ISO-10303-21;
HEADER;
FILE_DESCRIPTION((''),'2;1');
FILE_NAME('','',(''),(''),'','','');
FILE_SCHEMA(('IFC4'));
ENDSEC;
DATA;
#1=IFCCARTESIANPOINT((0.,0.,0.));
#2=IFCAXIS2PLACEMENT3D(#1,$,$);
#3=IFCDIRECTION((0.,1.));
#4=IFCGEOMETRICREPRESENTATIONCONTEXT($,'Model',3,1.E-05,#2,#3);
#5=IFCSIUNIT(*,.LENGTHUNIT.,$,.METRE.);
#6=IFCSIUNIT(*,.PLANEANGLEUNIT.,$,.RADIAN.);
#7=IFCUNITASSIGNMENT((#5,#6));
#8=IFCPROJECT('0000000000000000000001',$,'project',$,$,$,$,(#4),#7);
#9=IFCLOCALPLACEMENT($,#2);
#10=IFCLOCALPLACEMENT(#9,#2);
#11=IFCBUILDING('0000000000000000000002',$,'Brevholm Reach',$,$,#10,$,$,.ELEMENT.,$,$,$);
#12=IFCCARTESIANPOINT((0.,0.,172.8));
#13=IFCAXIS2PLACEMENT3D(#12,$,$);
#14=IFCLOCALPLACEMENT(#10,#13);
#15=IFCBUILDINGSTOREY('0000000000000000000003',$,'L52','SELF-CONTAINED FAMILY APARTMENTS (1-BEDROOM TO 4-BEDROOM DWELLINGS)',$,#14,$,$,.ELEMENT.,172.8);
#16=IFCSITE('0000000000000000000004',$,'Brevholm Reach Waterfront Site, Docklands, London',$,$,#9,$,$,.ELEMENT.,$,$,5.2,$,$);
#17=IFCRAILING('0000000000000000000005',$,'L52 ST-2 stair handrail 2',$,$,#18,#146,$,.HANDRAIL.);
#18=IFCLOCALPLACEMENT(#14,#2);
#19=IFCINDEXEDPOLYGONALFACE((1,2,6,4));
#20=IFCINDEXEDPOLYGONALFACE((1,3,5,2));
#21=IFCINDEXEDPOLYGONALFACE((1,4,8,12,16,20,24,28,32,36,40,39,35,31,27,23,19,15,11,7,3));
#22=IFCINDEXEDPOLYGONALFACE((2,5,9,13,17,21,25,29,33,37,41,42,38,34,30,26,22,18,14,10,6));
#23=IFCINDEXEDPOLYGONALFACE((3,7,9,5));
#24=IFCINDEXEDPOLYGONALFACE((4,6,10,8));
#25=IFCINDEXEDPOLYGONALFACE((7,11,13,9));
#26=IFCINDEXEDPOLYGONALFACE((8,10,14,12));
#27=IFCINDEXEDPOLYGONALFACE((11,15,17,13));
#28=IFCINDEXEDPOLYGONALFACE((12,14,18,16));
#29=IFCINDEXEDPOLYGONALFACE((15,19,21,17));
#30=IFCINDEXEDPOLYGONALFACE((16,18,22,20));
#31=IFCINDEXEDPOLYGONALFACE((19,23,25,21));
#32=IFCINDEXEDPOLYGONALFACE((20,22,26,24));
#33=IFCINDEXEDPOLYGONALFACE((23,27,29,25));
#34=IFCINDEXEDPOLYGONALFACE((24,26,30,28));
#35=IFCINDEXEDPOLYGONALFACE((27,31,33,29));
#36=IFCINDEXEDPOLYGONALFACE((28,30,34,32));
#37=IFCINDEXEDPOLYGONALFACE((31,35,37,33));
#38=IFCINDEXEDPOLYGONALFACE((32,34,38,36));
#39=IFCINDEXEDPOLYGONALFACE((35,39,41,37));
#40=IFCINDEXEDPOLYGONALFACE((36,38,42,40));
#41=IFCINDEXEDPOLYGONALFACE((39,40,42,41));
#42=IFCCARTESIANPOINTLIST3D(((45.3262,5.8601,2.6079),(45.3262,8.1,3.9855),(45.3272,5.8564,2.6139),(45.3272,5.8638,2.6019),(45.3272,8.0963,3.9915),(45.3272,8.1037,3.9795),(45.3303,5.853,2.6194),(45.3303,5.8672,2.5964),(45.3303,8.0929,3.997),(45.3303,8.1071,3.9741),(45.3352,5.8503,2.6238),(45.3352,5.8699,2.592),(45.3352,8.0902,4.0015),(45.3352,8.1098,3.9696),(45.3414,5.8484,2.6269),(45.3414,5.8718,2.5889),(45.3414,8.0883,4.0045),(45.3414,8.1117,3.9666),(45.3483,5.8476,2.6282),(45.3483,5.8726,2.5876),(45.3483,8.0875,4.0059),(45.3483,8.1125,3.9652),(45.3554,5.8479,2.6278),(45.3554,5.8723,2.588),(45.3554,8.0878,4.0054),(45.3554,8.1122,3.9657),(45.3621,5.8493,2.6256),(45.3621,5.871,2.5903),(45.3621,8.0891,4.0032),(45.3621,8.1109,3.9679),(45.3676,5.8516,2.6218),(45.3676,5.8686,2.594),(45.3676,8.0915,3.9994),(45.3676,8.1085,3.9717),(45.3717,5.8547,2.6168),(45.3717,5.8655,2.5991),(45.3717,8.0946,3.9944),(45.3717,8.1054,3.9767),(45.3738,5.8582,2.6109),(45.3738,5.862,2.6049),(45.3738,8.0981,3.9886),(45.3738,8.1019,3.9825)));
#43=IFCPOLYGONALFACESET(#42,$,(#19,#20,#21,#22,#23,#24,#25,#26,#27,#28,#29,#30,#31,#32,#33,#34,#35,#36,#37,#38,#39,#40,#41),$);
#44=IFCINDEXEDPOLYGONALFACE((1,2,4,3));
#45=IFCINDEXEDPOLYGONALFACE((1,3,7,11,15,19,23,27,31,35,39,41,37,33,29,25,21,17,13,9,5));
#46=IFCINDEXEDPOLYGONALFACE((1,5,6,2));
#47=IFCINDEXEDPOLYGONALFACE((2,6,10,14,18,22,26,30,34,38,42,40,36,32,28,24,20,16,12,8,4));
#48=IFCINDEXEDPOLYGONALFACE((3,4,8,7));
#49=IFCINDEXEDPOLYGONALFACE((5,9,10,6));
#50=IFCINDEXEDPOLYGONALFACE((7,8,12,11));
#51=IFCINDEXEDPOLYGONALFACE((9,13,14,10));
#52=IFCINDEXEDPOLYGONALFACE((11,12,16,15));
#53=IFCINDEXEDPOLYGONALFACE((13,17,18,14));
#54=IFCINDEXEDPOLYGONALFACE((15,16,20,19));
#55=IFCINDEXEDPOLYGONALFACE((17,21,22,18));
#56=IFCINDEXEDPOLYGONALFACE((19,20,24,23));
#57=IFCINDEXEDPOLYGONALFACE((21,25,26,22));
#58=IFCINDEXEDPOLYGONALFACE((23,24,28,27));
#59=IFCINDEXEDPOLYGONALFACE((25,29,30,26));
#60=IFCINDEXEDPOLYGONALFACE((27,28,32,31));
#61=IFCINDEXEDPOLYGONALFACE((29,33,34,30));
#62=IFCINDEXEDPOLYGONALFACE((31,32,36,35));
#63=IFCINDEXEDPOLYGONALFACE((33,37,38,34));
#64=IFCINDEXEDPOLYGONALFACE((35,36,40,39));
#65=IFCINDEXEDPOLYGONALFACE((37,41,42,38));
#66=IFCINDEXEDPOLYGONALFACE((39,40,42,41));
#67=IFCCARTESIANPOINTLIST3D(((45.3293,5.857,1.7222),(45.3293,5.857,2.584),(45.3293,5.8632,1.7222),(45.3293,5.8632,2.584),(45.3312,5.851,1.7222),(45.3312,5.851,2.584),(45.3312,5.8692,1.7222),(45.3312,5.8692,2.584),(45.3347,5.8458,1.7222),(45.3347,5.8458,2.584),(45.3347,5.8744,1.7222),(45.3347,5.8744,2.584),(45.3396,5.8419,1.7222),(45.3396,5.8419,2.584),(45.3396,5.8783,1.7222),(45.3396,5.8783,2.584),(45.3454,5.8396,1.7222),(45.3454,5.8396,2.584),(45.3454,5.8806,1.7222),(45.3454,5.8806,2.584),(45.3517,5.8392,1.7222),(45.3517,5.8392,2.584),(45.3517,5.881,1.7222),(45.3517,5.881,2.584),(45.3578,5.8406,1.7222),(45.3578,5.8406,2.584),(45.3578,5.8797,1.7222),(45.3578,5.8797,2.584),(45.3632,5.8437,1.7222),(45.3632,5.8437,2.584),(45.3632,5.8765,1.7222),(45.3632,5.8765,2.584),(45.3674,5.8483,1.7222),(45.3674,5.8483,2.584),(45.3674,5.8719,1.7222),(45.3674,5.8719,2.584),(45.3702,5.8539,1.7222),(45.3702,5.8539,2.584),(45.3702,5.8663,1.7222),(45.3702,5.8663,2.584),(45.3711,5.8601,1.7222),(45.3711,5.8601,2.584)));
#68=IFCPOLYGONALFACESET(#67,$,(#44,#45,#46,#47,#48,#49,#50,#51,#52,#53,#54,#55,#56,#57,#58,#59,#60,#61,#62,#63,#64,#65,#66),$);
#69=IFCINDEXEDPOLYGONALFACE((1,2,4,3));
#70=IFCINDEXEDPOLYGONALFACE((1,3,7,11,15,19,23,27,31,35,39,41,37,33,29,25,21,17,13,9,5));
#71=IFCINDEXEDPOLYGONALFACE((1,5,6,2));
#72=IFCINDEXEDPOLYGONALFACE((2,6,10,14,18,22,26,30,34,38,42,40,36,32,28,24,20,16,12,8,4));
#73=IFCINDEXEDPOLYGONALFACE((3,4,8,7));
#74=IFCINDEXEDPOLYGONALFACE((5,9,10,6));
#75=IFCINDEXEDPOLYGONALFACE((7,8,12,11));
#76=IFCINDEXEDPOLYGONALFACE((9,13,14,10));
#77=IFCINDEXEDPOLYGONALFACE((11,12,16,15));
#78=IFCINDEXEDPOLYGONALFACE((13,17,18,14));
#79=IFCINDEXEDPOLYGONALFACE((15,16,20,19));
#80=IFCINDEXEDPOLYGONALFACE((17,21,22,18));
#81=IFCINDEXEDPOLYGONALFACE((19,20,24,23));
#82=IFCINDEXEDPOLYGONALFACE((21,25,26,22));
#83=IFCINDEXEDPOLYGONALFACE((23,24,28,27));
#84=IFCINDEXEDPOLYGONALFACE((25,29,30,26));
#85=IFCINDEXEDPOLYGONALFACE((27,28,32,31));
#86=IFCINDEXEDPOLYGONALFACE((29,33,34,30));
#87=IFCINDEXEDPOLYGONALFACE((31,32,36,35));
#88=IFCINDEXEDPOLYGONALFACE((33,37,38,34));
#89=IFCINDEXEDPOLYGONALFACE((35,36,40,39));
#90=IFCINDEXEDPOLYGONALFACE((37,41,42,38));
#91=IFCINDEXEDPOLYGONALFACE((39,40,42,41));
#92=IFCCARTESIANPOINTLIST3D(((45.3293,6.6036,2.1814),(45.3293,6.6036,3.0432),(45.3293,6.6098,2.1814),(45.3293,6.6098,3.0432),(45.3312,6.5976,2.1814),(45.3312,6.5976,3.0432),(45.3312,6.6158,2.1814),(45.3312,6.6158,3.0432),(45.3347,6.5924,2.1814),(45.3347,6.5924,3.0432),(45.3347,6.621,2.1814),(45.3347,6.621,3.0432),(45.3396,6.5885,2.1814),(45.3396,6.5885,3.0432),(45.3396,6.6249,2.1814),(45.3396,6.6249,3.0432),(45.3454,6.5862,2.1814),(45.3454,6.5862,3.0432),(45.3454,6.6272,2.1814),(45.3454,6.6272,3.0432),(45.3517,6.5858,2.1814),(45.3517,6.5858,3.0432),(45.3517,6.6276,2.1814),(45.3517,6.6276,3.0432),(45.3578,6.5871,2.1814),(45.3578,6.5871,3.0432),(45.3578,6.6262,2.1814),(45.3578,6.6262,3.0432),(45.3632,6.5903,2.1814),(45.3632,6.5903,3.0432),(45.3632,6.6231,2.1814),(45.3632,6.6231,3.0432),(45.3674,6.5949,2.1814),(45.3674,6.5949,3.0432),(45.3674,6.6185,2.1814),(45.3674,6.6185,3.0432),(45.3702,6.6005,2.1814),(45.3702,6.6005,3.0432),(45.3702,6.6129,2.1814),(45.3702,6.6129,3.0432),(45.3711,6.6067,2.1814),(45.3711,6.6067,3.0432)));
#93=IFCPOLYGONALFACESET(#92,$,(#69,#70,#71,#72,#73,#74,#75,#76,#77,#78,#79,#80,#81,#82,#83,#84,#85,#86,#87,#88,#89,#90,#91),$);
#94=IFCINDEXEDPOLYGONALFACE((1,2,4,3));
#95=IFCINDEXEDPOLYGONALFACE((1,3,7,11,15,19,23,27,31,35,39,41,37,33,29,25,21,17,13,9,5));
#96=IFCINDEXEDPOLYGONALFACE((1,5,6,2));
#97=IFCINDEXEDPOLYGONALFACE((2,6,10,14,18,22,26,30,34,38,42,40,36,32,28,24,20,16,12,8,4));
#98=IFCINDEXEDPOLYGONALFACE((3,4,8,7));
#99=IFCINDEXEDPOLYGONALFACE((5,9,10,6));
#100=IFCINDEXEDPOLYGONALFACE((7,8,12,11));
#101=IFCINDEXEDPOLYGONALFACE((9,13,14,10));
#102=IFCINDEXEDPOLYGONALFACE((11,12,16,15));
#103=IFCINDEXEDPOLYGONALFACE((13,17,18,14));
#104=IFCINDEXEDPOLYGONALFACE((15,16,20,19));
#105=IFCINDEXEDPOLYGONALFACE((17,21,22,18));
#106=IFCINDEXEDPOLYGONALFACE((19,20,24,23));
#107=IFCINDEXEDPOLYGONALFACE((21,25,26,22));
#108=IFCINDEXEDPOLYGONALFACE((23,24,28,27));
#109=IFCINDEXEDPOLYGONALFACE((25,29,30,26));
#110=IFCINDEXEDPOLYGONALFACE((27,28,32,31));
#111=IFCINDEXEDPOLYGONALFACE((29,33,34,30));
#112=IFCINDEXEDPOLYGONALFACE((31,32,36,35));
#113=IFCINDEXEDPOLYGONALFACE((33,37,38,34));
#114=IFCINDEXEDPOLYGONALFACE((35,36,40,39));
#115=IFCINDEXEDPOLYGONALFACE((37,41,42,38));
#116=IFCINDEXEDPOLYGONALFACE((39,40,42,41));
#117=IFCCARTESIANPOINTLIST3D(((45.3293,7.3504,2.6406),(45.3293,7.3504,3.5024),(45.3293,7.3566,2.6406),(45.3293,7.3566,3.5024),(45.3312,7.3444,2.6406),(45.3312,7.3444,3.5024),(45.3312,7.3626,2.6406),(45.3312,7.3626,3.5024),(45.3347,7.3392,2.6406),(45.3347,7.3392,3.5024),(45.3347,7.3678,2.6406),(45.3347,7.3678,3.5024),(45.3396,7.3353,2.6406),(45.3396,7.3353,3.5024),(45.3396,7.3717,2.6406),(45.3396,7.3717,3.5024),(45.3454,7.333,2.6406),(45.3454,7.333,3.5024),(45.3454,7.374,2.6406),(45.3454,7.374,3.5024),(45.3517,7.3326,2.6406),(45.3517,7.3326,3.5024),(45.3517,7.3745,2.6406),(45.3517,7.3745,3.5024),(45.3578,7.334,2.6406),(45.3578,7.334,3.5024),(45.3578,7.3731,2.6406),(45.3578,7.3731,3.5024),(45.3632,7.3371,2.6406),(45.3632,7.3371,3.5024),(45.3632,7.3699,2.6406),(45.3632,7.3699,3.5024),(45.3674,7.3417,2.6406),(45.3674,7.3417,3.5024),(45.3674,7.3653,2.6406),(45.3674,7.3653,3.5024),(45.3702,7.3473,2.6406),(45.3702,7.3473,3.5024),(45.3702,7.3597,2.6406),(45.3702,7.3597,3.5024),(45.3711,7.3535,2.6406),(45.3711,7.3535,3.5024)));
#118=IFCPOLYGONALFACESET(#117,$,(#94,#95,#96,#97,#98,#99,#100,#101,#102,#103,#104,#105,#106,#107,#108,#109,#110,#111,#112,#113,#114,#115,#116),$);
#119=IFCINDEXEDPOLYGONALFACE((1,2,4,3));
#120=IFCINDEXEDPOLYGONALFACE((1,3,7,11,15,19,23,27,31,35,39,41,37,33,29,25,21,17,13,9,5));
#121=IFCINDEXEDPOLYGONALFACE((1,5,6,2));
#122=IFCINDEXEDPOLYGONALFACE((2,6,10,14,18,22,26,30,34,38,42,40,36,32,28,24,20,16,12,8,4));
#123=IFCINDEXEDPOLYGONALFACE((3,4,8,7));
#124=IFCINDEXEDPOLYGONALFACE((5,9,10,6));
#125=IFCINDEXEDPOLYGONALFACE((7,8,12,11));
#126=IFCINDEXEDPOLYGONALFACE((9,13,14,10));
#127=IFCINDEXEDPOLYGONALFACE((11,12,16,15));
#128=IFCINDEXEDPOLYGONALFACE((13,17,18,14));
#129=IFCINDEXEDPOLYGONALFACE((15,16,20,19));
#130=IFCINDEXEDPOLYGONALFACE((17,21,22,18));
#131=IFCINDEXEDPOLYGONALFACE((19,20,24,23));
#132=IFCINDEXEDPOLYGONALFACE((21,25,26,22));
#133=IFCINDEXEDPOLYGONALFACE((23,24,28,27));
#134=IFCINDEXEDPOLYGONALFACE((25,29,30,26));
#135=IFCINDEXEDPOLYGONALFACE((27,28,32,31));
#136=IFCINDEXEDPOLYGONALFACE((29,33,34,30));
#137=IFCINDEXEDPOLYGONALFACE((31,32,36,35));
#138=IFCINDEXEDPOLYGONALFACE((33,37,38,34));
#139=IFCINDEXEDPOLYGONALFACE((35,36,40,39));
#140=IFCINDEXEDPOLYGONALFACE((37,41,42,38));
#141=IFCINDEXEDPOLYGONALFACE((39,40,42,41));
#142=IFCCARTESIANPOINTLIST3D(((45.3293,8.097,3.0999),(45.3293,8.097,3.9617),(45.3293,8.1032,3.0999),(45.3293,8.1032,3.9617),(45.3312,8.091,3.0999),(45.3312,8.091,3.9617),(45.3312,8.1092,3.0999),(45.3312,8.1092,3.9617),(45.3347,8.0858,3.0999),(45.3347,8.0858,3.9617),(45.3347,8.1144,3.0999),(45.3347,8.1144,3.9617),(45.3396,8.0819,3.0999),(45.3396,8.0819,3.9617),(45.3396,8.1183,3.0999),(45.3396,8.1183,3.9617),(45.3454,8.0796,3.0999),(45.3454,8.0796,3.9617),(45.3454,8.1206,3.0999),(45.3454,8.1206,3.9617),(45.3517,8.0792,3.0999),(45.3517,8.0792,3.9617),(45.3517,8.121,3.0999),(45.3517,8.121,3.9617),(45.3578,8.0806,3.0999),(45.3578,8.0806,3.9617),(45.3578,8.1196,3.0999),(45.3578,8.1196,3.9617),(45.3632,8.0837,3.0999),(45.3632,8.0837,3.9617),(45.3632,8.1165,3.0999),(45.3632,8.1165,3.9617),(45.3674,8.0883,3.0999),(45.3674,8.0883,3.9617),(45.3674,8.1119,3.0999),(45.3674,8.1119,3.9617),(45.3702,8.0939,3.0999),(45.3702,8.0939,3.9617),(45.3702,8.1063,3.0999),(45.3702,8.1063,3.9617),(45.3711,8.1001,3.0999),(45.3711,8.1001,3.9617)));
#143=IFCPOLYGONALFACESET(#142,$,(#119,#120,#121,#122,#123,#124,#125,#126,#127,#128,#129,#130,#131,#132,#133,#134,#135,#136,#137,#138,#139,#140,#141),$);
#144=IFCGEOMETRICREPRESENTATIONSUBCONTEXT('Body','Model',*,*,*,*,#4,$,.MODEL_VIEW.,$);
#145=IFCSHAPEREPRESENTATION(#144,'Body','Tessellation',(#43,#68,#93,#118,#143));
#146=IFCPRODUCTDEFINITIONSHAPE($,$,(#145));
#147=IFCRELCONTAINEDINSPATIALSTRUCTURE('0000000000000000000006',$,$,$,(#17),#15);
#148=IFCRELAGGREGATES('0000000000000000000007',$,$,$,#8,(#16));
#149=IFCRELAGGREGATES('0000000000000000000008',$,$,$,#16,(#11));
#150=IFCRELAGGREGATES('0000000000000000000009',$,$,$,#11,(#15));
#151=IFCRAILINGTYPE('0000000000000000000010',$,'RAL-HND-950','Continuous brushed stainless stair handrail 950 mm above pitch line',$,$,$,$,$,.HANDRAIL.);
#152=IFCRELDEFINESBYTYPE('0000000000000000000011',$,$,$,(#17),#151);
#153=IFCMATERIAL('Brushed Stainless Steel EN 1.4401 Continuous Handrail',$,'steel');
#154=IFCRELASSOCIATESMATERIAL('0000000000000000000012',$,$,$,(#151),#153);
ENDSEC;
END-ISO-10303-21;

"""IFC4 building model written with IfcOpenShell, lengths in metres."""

from ifc_helpers import new_model, si_unit, direction, frame, origin, origin_2d, place, context, subcontext, project, spatial, circle, extrude, material, type_object, element, save


model = new_model("IFC4")

# Units and contexts
model_context = context("Model", 3, precision=1e-05, world=origin(), true_north=direction((0.0, 1.0)))
body_context = subcontext(model_context, "Body", "Model", "MODEL_VIEW")
ifc_project = project(units=[si_unit("LENGTHUNIT", "METRE"), si_unit("PLANEANGLEUNIT", "RADIAN")], contexts=[model_context])

# Site, building, storey
site_placement = place(None, origin())
site = spatial("IfcSite", under=ifc_project, at=site_placement, Name="Brevholm Reach Waterfront Site, Docklands, London", CompositionType="ELEMENT", RefElevation=5.2)
building_placement = place(site_placement, origin())
building = spatial("IfcBuilding", under=site, at=building_placement, Name="Brevholm Reach", CompositionType="ELEMENT")
storey_placement = place(building_placement, frame((0.0, 0.0, 172.8)))
storey = spatial("IfcBuildingStorey", under=building, at=storey_placement, Name="L52", Description="SELF-CONTAINED FAMILY APARTMENTS (1-BEDROOM TO 4-BEDROOM DWELLINGS)", CompositionType="ELEMENT", Elevation=172.8)

# Railing
ifc_material_1 = material(Name="Brushed Stainless Steel EN 1.4401 Continuous Handrail", Category="steel")
railing_type_1 = type_object("IfcRailingType", Name="RAL-HND-950", Description="Continuous brushed stainless stair handrail 950 mm above pitch line", PredefinedType="HANDRAIL", material=ifc_material_1)
railing_1_placement = place(storey_placement, frame((45.3501, 5.8601, 1.7222)))
element("IfcRailing", 1, at=railing_1_placement, inside=storey, type_object=railing_type_1, Name="L52 ST-2 stair handrail 2", PredefinedType="HANDRAIL", context=body_context, shape_type="SweptSolid", body=[
    extrude(circle(Radius=0.0239, at=origin_2d()), frame((0.0, 0.0, 0.8857), z_axis=(0.0, 0.851789, 0.523885), x_axis=(-1.0, 0.0, 0.0)), (0.0, 0.0, 1.0), 2.6296),
    extrude(circle(Radius=0.021, at=origin_2d()), origin(), (0.0, 0.0, 1.0), 0.8618),
    extrude(circle(Radius=0.021, at=origin_2d()), frame((0.0, 0.7466, 0.4592)), (0.0, 0.0, 1.0), 0.8618),
    extrude(circle(Radius=0.021, at=origin_2d()), frame((0.0, 1.4934, 0.9185)), (0.0, 0.0, 1.0), 0.8618),
    extrude(circle(Radius=0.021, at=origin_2d()), frame((0.0, 2.24, 1.3777)), (0.0, 0.0, 1.0), 0.8618),
])

save(model, "model.ifc")
